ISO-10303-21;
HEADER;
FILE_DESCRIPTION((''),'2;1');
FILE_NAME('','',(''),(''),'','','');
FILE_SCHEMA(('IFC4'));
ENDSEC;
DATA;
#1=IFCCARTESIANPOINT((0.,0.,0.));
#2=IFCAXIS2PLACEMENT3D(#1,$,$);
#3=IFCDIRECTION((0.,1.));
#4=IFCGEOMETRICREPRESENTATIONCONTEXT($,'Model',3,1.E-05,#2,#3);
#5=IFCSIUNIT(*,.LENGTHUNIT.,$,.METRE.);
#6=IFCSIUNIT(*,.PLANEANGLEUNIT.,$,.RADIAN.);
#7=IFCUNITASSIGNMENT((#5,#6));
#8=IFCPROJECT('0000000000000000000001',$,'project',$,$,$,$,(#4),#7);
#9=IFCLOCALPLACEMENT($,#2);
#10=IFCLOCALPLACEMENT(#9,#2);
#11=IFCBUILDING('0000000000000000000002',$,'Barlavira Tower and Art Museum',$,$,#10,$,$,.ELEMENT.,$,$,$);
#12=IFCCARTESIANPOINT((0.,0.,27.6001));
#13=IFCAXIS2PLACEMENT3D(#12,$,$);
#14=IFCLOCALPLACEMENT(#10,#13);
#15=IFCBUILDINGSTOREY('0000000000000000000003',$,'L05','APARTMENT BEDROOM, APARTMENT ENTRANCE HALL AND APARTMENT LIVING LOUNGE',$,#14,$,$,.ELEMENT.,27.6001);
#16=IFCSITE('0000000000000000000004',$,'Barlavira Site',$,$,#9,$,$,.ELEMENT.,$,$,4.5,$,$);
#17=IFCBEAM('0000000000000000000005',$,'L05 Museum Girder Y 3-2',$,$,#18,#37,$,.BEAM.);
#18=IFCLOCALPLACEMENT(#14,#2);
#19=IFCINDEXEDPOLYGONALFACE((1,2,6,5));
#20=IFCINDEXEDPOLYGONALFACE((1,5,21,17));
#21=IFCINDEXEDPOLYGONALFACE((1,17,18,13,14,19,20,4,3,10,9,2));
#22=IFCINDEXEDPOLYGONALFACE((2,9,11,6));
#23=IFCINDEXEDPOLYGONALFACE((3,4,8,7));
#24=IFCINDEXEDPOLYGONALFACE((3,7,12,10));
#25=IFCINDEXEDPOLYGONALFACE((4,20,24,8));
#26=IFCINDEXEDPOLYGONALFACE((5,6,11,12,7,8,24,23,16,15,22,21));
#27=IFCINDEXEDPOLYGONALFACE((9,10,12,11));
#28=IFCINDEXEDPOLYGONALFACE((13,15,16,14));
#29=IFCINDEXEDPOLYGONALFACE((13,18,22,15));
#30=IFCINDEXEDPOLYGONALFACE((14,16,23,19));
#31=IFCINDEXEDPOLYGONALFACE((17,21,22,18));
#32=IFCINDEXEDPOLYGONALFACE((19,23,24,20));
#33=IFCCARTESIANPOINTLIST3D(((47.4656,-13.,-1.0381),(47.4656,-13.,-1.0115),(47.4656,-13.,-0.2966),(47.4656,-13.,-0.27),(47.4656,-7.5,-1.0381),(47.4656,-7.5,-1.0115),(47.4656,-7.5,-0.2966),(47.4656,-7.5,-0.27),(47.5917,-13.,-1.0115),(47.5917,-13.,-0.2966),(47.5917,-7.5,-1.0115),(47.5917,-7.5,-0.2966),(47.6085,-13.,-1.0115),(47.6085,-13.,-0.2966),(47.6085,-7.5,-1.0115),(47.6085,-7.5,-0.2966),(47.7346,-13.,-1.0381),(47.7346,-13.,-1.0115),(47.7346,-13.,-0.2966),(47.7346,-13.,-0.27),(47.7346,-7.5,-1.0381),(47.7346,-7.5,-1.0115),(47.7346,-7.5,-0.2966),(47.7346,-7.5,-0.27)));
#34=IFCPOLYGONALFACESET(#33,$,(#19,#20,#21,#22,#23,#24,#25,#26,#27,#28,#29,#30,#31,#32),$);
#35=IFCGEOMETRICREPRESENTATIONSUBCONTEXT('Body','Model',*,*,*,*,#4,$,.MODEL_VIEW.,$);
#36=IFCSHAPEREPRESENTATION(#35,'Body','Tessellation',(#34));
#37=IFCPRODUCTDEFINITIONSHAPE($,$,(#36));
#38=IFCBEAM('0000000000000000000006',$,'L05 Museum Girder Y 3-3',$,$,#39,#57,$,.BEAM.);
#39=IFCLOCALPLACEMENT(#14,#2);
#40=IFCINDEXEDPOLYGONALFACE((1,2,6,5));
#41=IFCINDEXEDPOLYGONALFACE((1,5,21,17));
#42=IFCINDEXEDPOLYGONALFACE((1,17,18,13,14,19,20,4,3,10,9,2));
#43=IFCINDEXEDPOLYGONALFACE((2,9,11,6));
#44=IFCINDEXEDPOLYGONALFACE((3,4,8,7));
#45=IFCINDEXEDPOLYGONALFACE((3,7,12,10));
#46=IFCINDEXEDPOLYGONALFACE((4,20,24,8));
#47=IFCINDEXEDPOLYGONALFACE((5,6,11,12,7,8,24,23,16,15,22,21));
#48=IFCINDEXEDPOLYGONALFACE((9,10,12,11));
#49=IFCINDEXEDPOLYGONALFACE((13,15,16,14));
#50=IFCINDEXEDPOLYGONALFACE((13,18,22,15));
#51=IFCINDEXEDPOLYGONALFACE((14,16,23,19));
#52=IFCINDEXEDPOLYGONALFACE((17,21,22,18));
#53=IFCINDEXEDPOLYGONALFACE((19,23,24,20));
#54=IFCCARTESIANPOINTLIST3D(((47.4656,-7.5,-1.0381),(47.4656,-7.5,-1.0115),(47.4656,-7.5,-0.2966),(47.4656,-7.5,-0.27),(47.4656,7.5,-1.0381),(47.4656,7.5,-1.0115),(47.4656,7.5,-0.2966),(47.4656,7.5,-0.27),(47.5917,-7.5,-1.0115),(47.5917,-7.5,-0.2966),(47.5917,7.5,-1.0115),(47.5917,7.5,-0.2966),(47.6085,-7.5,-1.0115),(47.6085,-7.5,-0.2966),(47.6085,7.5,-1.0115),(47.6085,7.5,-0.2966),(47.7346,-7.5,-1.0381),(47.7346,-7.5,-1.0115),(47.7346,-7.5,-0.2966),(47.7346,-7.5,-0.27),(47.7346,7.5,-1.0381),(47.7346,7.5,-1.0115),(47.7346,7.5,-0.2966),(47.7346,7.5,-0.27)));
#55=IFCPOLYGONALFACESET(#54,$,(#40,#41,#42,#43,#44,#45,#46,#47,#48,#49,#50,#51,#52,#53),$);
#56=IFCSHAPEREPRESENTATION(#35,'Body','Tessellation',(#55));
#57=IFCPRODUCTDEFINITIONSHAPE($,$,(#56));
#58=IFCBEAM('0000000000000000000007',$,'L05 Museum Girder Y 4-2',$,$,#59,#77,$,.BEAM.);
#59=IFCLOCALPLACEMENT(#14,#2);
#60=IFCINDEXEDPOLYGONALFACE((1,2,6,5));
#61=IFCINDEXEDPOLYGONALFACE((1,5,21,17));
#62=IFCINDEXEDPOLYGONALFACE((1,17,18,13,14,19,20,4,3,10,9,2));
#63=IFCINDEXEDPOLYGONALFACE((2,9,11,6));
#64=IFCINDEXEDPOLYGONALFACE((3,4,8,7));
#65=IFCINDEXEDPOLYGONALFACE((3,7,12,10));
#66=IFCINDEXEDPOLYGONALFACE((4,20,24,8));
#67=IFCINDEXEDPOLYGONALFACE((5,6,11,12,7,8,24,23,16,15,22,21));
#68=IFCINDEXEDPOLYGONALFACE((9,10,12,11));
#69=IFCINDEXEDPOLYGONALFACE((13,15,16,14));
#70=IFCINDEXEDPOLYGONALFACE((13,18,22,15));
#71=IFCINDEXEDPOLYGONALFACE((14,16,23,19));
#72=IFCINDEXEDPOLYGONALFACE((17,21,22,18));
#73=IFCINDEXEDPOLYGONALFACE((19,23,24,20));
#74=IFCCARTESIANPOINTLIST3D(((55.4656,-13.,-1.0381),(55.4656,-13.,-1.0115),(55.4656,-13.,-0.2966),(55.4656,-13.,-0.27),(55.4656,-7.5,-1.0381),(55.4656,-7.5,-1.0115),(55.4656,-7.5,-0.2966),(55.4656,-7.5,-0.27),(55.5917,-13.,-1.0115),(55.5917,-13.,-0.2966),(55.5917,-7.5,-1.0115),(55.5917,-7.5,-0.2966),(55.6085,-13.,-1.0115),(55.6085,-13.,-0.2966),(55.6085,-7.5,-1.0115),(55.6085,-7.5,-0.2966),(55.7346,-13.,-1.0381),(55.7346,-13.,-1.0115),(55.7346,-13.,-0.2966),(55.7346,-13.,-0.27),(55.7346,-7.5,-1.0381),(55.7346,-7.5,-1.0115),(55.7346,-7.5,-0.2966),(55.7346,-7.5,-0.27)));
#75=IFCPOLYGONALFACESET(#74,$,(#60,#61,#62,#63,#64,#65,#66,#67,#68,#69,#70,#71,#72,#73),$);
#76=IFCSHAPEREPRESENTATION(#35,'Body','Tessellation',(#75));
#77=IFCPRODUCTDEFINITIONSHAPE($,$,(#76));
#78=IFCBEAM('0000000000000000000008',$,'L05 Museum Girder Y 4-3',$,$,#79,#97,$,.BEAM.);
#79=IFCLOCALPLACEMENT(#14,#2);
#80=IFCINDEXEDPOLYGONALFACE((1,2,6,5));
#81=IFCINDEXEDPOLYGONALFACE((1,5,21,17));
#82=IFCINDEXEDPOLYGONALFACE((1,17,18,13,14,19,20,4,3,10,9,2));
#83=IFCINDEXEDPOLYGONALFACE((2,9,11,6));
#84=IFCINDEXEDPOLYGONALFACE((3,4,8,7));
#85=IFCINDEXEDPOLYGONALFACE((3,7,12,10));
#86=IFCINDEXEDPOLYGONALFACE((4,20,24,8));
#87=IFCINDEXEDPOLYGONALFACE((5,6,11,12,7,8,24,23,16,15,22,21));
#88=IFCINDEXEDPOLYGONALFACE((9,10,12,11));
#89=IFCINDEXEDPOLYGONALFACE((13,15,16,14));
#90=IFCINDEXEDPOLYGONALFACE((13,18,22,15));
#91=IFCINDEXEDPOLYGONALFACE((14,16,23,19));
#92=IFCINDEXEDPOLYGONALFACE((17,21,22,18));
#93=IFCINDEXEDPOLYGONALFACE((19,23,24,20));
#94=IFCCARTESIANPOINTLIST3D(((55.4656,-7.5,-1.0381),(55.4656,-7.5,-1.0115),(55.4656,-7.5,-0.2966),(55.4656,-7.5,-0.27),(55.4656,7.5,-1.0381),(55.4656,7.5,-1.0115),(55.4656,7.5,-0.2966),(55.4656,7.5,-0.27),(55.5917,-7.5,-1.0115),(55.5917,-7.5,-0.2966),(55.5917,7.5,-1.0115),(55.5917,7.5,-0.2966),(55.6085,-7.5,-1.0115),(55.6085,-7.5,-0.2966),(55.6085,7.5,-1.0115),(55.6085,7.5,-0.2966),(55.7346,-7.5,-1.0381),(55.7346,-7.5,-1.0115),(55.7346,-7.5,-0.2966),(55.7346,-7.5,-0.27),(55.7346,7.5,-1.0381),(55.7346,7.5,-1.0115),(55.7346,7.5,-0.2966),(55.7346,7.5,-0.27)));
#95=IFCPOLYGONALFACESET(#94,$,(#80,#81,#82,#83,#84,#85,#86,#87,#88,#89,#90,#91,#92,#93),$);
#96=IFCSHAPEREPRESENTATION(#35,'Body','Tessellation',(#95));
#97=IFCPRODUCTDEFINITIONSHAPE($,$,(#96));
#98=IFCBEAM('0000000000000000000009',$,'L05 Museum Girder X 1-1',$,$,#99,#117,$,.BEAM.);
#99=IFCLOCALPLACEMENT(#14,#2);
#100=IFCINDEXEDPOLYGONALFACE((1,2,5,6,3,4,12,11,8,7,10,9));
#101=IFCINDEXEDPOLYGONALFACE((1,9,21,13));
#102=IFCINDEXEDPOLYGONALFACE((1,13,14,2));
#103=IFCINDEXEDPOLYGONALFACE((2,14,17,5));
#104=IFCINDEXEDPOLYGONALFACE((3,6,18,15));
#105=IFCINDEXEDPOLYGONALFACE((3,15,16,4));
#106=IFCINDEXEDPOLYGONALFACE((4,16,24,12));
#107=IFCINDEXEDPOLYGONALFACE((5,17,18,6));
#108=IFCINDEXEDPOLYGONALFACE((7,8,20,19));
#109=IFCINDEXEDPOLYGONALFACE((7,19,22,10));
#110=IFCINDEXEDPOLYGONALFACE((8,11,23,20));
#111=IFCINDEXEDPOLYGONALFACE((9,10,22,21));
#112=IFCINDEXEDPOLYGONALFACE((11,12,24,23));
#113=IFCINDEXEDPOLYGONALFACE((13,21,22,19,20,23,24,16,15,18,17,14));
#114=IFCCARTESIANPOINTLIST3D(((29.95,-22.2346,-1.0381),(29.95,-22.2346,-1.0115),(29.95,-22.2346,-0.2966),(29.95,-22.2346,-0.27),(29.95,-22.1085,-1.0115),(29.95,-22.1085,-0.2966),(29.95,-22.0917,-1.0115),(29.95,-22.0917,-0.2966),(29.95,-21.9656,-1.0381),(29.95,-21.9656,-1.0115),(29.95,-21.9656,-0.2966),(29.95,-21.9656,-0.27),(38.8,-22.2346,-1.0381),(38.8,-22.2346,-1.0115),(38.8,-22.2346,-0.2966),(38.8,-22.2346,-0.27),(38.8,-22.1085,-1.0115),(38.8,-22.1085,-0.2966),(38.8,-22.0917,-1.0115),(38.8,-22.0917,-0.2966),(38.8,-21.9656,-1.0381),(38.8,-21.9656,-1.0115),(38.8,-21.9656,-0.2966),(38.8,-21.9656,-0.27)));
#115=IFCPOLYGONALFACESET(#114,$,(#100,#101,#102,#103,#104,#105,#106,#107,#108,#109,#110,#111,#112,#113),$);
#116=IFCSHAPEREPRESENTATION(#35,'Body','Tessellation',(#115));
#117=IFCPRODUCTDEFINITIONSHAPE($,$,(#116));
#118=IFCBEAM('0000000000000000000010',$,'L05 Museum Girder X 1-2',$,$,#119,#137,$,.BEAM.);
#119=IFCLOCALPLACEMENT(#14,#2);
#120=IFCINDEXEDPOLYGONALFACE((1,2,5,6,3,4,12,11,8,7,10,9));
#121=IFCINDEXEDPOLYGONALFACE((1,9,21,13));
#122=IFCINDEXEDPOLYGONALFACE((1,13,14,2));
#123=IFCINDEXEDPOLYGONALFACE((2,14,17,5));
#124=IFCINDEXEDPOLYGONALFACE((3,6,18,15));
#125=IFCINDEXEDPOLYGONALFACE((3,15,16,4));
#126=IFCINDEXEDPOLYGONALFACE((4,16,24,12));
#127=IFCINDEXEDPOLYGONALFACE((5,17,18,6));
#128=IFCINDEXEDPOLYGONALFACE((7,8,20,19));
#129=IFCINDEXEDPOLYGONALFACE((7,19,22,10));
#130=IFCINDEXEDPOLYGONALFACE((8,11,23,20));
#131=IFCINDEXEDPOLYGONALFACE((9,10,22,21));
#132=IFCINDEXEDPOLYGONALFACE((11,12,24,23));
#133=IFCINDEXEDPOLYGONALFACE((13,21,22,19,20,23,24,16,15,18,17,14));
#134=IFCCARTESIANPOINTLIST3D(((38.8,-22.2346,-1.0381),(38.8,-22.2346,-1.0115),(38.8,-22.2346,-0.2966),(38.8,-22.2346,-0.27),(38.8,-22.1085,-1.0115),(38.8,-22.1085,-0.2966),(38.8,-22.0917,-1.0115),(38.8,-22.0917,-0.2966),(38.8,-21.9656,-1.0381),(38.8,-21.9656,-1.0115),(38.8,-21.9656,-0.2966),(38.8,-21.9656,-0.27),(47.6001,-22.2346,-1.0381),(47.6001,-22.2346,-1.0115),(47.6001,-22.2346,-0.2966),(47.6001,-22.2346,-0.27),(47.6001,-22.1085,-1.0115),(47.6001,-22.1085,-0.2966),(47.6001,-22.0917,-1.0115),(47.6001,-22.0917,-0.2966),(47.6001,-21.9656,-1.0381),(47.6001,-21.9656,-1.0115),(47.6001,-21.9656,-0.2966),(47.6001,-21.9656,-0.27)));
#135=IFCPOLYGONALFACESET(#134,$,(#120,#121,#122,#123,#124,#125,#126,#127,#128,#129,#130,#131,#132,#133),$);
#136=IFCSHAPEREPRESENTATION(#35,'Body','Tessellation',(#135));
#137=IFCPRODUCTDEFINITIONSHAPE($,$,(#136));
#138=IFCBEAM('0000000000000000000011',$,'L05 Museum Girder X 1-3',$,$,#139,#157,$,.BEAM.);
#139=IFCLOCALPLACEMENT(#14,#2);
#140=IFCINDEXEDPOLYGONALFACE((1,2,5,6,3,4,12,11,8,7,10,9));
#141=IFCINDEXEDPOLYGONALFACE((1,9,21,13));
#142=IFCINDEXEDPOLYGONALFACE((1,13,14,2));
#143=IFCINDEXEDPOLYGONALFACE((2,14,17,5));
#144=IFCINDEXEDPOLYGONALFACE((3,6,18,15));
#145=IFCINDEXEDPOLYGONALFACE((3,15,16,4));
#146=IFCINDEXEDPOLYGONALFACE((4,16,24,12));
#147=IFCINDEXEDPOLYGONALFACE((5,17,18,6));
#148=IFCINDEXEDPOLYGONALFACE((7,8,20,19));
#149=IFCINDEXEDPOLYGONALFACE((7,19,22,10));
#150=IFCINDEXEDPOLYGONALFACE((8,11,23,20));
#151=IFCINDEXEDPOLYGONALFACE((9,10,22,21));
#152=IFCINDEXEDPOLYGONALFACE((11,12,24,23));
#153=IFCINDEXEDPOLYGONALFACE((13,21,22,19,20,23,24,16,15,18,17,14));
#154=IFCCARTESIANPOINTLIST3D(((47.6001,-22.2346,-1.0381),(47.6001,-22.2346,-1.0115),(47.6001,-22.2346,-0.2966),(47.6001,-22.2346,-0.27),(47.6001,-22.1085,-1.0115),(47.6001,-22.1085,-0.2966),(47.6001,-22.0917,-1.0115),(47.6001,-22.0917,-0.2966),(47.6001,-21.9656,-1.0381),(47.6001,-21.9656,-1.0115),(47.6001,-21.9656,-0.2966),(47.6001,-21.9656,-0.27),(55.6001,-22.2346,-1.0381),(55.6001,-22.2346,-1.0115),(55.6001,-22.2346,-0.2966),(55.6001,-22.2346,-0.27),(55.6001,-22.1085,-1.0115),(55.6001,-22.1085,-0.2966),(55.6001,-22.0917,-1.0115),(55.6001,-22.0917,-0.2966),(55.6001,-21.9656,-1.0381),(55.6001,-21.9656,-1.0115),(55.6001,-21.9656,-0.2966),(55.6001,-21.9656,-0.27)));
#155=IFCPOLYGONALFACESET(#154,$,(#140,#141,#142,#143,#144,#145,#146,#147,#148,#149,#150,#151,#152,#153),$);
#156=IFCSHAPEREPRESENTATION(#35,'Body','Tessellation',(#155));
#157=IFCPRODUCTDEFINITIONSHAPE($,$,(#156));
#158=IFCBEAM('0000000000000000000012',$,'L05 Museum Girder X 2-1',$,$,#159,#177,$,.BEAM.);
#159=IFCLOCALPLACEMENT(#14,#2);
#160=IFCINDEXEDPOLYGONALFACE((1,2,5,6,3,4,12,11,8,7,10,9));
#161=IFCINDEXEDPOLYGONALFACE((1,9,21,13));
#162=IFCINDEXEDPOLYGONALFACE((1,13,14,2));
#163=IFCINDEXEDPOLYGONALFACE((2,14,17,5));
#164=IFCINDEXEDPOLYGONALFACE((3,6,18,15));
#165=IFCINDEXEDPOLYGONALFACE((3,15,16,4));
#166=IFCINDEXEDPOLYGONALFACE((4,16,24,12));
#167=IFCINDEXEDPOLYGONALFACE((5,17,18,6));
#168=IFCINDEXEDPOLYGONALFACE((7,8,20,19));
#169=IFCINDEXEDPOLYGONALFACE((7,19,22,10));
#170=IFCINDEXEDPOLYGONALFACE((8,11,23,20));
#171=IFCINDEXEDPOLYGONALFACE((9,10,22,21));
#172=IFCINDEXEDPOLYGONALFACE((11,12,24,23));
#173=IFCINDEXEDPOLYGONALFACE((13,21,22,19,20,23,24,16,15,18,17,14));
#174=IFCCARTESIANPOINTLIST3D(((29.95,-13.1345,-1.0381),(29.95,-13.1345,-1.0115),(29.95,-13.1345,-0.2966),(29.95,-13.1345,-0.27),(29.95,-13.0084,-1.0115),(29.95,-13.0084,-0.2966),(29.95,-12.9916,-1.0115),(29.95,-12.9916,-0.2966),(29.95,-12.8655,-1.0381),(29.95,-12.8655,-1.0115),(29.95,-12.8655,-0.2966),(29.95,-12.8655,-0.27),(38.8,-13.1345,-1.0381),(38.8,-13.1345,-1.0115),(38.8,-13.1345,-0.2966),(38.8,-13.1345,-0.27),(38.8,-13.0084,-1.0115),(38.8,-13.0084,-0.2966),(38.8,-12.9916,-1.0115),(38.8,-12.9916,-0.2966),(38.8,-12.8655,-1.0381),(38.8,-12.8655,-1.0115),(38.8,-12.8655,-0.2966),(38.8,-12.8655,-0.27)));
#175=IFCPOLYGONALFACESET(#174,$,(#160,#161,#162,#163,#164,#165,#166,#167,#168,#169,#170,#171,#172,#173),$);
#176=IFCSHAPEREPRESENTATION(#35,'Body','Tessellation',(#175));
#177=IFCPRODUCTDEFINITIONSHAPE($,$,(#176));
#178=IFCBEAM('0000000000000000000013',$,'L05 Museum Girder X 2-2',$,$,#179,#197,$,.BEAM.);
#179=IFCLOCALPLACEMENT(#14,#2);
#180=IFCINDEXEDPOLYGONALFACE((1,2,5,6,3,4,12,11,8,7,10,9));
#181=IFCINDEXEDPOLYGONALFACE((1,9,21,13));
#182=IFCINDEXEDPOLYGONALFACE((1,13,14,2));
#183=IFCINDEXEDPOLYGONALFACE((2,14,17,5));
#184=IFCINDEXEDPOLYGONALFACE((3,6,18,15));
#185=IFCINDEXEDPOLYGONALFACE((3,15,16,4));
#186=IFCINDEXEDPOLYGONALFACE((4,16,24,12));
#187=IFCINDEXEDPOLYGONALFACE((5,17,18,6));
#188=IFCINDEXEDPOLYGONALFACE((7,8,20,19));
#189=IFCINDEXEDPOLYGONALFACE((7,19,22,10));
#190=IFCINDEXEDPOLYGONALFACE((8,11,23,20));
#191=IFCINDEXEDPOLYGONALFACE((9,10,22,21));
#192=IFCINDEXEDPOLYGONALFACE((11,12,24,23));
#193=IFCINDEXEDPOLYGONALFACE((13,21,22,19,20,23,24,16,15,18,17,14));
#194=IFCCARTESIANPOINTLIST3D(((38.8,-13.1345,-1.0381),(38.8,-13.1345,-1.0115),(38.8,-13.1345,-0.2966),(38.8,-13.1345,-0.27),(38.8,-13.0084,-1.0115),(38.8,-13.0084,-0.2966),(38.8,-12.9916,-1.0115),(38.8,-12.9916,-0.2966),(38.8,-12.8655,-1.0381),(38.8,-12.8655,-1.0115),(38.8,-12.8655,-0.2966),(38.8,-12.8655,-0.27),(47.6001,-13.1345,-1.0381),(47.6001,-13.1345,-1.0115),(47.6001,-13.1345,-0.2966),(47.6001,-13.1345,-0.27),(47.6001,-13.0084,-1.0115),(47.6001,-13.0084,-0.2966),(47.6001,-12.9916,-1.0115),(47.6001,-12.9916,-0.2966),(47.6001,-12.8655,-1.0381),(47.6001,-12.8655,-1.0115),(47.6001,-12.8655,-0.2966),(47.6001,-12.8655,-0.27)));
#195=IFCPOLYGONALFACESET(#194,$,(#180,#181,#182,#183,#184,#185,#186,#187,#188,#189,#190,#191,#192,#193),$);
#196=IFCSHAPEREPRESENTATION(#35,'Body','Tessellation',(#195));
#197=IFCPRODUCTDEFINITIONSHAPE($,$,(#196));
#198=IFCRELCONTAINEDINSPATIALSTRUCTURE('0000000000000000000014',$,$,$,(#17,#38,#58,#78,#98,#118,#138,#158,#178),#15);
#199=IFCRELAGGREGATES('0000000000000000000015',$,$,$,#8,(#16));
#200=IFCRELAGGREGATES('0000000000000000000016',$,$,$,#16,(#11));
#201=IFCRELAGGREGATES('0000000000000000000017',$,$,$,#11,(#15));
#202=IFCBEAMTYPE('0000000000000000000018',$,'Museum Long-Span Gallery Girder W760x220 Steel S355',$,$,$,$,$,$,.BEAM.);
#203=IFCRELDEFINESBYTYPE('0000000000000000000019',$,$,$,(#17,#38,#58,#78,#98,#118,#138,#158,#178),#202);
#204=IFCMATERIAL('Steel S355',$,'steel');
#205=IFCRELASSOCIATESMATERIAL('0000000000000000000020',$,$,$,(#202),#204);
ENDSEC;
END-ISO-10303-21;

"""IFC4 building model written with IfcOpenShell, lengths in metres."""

from ifc_helpers import new_model, si_unit, direction, frame, origin, origin_2d, place, context, subcontext, project, spatial, i_section, extrude, material, material_profile, profile_set, type_object, element, save


model = new_model("IFC4")

# Units and contexts
model_context = context("Model", 3, precision=1e-05, world=origin(), true_north=direction((0.0, 1.0)))
body_context = subcontext(model_context, "Body", "Model", "MODEL_VIEW")
ifc_project = project(units=[si_unit("LENGTHUNIT", "METRE"), si_unit("PLANEANGLEUNIT", "RADIAN")], contexts=[model_context])

# Site, building, storey
site_placement = place(None, origin())
site = spatial("IfcSite", under=ifc_project, at=site_placement, Name="Barlavira Site", CompositionType="ELEMENT", RefElevation=4.5)
building_placement = place(site_placement, origin())
building = spatial("IfcBuilding", under=site, at=building_placement, Name="Barlavira Tower and Art Museum", CompositionType="ELEMENT")
storey_placement = place(building_placement, frame((0.0, 0.0, 27.6001)))
storey = spatial("IfcBuildingStorey", under=building, at=storey_placement, Name="L05", Description="APARTMENT BEDROOM, APARTMENT ENTRANCE HALL AND APARTMENT LIVING LOUNGE", CompositionType="ELEMENT", Elevation=27.6001)

# Beams
ifc_material_1 = material(Name="Steel S355", Category="steel")
ifc_material_profile_1 = material_profile(ifc_material_1, i_section(OverallWidth=0.269, OverallDepth=0.7681, WebThickness=0.0168, FlangeThickness=0.0266, at=origin_2d()), Name="W760x220.0")
ifc_profile_set_1 = profile_set([ifc_material_profile_1], Name="Steel S355")
beam_type_1 = type_object("IfcBeamType", Name="Museum Long-Span Gallery Girder W760x220 Steel S355", PredefinedType="BEAM", material=ifc_profile_set_1)
beam_1_placement = place(storey_placement, frame((47.6001, -13.0, -0.6541), z_axis=(0.0, 1.0, 0.0), x_axis=(-1.0, 0.0, 0.0)))
element("IfcBeam", 1, at=beam_1_placement, inside=storey, type_object=beam_type_1, Name="L05 Museum Girder Y 3-2", PredefinedType="BEAM", context=body_context, shape_type="SweptSolid", body=[
    extrude(i_section(OverallWidth=0.269, OverallDepth=0.7681, WebThickness=0.0168, FlangeThickness=0.0266, at=origin_2d()), origin(), (0.0, 0.0, 1.0), 5.5),
])
beam_2_placement = place(storey_placement, frame((47.6001, -7.5, -0.6541), z_axis=(0.0, 1.0, 0.0), x_axis=(-1.0, 0.0, 0.0)))
element("IfcBeam", 2, at=beam_2_placement, inside=storey, type_object=beam_type_1, Name="L05 Museum Girder Y 3-3", PredefinedType="BEAM", context=body_context, shape_type="SweptSolid", body=[
    extrude(i_section(OverallWidth=0.269, OverallDepth=0.7681, WebThickness=0.0168, FlangeThickness=0.0266, at=origin_2d()), origin(), (0.0, 0.0, 1.0), 15.0),
])
beam_3_placement = place(storey_placement, frame((55.6001, -13.0, -0.6541), z_axis=(0.0, 1.0, 0.0), x_axis=(-1.0, 0.0, 0.0)))
element("IfcBeam", 3, at=beam_3_placement, inside=storey, type_object=beam_type_1, Name="L05 Museum Girder Y 4-2", PredefinedType="BEAM", context=body_context, shape_type="SweptSolid", body=[
    extrude(i_section(OverallWidth=0.269, OverallDepth=0.7681, WebThickness=0.0168, FlangeThickness=0.0266, at=origin_2d()), origin(), (0.0, 0.0, 1.0), 5.5),
])
beam_4_placement = place(storey_placement, frame((55.6001, -7.5, -0.6541), z_axis=(0.0, 1.0, 0.0), x_axis=(-1.0, 0.0, 0.0)))
element("IfcBeam", 4, at=beam_4_placement, inside=storey, type_object=beam_type_1, Name="L05 Museum Girder Y 4-3", PredefinedType="BEAM", context=body_context, shape_type="SweptSolid", body=[
    extrude(i_section(OverallWidth=0.269, OverallDepth=0.7681, WebThickness=0.0168, FlangeThickness=0.0266, at=origin_2d()), origin(), (0.0, 0.0, 1.0), 15.0),
])
beam_5_placement = place(storey_placement, frame((29.95, -22.1001, -0.6541), z_axis=(1.0, 0.0, 0.0), x_axis=(0.0, 1.0, 0.0)))
element("IfcBeam", 5, at=beam_5_placement, inside=storey, type_object=beam_type_1, Name="L05 Museum Girder X 1-1", PredefinedType="BEAM", context=body_context, shape_type="SweptSolid", body=[
    extrude(i_section(OverallWidth=0.269, OverallDepth=0.7681, WebThickness=0.0168, FlangeThickness=0.0266, at=origin_2d()), origin(), (0.0, 0.0, 1.0), 8.8501),
])
beam_6_placement = place(storey_placement, frame((38.8, -22.1001, -0.6541), z_axis=(1.0, 0.0, 0.0), x_axis=(0.0, 1.0, 0.0)))
element("IfcBeam", 6, at=beam_6_placement, inside=storey, type_object=beam_type_1, Name="L05 Museum Girder X 1-2", PredefinedType="BEAM", context=body_context, shape_type="SweptSolid", body=[
    extrude(i_section(OverallWidth=0.269, OverallDepth=0.7681, WebThickness=0.0168, FlangeThickness=0.0266, at=origin_2d()), origin(), (0.0, 0.0, 1.0), 8.8),
])
beam_7_placement = place(storey_placement, frame((47.6001, -22.1001, -0.6541), z_axis=(1.0, 0.0, 0.0), x_axis=(0.0, 1.0, 0.0)))
element("IfcBeam", 7, at=beam_7_placement, inside=storey, type_object=beam_type_1, Name="L05 Museum Girder X 1-3", PredefinedType="BEAM", context=body_context, shape_type="SweptSolid", body=[
    extrude(i_section(OverallWidth=0.269, OverallDepth=0.7681, WebThickness=0.0168, FlangeThickness=0.0266, at=origin_2d()), origin(), (0.0, 0.0, 1.0), 8.0),
])
beam_8_placement = place(storey_placement, frame((29.95, -13.0, -0.6541), z_axis=(1.0, 0.0, 0.0), x_axis=(0.0, 1.0, 0.0)))
element("IfcBeam", 8, at=beam_8_placement, inside=storey, type_object=beam_type_1, Name="L05 Museum Girder X 2-1", PredefinedType="BEAM", context=body_context, shape_type="SweptSolid", body=[
    extrude(i_section(OverallWidth=0.269, OverallDepth=0.7681, WebThickness=0.0168, FlangeThickness=0.0266, at=origin_2d()), origin(), (0.0, 0.0, 1.0), 8.8501),
])
beam_9_placement = place(storey_placement, frame((38.8, -13.0, -0.6541), z_axis=(1.0, 0.0, 0.0), x_axis=(0.0, 1.0, 0.0)))
element("IfcBeam", 9, at=beam_9_placement, inside=storey, type_object=beam_type_1, Name="L05 Museum Girder X 2-2", PredefinedType="BEAM", context=body_context, shape_type="SweptSolid", body=[
    extrude(i_section(OverallWidth=0.269, OverallDepth=0.7681, WebThickness=0.0168, FlangeThickness=0.0266, at=origin_2d()), origin(), (0.0, 0.0, 1.0), 8.8),
])

save(model, "model.ifc")
